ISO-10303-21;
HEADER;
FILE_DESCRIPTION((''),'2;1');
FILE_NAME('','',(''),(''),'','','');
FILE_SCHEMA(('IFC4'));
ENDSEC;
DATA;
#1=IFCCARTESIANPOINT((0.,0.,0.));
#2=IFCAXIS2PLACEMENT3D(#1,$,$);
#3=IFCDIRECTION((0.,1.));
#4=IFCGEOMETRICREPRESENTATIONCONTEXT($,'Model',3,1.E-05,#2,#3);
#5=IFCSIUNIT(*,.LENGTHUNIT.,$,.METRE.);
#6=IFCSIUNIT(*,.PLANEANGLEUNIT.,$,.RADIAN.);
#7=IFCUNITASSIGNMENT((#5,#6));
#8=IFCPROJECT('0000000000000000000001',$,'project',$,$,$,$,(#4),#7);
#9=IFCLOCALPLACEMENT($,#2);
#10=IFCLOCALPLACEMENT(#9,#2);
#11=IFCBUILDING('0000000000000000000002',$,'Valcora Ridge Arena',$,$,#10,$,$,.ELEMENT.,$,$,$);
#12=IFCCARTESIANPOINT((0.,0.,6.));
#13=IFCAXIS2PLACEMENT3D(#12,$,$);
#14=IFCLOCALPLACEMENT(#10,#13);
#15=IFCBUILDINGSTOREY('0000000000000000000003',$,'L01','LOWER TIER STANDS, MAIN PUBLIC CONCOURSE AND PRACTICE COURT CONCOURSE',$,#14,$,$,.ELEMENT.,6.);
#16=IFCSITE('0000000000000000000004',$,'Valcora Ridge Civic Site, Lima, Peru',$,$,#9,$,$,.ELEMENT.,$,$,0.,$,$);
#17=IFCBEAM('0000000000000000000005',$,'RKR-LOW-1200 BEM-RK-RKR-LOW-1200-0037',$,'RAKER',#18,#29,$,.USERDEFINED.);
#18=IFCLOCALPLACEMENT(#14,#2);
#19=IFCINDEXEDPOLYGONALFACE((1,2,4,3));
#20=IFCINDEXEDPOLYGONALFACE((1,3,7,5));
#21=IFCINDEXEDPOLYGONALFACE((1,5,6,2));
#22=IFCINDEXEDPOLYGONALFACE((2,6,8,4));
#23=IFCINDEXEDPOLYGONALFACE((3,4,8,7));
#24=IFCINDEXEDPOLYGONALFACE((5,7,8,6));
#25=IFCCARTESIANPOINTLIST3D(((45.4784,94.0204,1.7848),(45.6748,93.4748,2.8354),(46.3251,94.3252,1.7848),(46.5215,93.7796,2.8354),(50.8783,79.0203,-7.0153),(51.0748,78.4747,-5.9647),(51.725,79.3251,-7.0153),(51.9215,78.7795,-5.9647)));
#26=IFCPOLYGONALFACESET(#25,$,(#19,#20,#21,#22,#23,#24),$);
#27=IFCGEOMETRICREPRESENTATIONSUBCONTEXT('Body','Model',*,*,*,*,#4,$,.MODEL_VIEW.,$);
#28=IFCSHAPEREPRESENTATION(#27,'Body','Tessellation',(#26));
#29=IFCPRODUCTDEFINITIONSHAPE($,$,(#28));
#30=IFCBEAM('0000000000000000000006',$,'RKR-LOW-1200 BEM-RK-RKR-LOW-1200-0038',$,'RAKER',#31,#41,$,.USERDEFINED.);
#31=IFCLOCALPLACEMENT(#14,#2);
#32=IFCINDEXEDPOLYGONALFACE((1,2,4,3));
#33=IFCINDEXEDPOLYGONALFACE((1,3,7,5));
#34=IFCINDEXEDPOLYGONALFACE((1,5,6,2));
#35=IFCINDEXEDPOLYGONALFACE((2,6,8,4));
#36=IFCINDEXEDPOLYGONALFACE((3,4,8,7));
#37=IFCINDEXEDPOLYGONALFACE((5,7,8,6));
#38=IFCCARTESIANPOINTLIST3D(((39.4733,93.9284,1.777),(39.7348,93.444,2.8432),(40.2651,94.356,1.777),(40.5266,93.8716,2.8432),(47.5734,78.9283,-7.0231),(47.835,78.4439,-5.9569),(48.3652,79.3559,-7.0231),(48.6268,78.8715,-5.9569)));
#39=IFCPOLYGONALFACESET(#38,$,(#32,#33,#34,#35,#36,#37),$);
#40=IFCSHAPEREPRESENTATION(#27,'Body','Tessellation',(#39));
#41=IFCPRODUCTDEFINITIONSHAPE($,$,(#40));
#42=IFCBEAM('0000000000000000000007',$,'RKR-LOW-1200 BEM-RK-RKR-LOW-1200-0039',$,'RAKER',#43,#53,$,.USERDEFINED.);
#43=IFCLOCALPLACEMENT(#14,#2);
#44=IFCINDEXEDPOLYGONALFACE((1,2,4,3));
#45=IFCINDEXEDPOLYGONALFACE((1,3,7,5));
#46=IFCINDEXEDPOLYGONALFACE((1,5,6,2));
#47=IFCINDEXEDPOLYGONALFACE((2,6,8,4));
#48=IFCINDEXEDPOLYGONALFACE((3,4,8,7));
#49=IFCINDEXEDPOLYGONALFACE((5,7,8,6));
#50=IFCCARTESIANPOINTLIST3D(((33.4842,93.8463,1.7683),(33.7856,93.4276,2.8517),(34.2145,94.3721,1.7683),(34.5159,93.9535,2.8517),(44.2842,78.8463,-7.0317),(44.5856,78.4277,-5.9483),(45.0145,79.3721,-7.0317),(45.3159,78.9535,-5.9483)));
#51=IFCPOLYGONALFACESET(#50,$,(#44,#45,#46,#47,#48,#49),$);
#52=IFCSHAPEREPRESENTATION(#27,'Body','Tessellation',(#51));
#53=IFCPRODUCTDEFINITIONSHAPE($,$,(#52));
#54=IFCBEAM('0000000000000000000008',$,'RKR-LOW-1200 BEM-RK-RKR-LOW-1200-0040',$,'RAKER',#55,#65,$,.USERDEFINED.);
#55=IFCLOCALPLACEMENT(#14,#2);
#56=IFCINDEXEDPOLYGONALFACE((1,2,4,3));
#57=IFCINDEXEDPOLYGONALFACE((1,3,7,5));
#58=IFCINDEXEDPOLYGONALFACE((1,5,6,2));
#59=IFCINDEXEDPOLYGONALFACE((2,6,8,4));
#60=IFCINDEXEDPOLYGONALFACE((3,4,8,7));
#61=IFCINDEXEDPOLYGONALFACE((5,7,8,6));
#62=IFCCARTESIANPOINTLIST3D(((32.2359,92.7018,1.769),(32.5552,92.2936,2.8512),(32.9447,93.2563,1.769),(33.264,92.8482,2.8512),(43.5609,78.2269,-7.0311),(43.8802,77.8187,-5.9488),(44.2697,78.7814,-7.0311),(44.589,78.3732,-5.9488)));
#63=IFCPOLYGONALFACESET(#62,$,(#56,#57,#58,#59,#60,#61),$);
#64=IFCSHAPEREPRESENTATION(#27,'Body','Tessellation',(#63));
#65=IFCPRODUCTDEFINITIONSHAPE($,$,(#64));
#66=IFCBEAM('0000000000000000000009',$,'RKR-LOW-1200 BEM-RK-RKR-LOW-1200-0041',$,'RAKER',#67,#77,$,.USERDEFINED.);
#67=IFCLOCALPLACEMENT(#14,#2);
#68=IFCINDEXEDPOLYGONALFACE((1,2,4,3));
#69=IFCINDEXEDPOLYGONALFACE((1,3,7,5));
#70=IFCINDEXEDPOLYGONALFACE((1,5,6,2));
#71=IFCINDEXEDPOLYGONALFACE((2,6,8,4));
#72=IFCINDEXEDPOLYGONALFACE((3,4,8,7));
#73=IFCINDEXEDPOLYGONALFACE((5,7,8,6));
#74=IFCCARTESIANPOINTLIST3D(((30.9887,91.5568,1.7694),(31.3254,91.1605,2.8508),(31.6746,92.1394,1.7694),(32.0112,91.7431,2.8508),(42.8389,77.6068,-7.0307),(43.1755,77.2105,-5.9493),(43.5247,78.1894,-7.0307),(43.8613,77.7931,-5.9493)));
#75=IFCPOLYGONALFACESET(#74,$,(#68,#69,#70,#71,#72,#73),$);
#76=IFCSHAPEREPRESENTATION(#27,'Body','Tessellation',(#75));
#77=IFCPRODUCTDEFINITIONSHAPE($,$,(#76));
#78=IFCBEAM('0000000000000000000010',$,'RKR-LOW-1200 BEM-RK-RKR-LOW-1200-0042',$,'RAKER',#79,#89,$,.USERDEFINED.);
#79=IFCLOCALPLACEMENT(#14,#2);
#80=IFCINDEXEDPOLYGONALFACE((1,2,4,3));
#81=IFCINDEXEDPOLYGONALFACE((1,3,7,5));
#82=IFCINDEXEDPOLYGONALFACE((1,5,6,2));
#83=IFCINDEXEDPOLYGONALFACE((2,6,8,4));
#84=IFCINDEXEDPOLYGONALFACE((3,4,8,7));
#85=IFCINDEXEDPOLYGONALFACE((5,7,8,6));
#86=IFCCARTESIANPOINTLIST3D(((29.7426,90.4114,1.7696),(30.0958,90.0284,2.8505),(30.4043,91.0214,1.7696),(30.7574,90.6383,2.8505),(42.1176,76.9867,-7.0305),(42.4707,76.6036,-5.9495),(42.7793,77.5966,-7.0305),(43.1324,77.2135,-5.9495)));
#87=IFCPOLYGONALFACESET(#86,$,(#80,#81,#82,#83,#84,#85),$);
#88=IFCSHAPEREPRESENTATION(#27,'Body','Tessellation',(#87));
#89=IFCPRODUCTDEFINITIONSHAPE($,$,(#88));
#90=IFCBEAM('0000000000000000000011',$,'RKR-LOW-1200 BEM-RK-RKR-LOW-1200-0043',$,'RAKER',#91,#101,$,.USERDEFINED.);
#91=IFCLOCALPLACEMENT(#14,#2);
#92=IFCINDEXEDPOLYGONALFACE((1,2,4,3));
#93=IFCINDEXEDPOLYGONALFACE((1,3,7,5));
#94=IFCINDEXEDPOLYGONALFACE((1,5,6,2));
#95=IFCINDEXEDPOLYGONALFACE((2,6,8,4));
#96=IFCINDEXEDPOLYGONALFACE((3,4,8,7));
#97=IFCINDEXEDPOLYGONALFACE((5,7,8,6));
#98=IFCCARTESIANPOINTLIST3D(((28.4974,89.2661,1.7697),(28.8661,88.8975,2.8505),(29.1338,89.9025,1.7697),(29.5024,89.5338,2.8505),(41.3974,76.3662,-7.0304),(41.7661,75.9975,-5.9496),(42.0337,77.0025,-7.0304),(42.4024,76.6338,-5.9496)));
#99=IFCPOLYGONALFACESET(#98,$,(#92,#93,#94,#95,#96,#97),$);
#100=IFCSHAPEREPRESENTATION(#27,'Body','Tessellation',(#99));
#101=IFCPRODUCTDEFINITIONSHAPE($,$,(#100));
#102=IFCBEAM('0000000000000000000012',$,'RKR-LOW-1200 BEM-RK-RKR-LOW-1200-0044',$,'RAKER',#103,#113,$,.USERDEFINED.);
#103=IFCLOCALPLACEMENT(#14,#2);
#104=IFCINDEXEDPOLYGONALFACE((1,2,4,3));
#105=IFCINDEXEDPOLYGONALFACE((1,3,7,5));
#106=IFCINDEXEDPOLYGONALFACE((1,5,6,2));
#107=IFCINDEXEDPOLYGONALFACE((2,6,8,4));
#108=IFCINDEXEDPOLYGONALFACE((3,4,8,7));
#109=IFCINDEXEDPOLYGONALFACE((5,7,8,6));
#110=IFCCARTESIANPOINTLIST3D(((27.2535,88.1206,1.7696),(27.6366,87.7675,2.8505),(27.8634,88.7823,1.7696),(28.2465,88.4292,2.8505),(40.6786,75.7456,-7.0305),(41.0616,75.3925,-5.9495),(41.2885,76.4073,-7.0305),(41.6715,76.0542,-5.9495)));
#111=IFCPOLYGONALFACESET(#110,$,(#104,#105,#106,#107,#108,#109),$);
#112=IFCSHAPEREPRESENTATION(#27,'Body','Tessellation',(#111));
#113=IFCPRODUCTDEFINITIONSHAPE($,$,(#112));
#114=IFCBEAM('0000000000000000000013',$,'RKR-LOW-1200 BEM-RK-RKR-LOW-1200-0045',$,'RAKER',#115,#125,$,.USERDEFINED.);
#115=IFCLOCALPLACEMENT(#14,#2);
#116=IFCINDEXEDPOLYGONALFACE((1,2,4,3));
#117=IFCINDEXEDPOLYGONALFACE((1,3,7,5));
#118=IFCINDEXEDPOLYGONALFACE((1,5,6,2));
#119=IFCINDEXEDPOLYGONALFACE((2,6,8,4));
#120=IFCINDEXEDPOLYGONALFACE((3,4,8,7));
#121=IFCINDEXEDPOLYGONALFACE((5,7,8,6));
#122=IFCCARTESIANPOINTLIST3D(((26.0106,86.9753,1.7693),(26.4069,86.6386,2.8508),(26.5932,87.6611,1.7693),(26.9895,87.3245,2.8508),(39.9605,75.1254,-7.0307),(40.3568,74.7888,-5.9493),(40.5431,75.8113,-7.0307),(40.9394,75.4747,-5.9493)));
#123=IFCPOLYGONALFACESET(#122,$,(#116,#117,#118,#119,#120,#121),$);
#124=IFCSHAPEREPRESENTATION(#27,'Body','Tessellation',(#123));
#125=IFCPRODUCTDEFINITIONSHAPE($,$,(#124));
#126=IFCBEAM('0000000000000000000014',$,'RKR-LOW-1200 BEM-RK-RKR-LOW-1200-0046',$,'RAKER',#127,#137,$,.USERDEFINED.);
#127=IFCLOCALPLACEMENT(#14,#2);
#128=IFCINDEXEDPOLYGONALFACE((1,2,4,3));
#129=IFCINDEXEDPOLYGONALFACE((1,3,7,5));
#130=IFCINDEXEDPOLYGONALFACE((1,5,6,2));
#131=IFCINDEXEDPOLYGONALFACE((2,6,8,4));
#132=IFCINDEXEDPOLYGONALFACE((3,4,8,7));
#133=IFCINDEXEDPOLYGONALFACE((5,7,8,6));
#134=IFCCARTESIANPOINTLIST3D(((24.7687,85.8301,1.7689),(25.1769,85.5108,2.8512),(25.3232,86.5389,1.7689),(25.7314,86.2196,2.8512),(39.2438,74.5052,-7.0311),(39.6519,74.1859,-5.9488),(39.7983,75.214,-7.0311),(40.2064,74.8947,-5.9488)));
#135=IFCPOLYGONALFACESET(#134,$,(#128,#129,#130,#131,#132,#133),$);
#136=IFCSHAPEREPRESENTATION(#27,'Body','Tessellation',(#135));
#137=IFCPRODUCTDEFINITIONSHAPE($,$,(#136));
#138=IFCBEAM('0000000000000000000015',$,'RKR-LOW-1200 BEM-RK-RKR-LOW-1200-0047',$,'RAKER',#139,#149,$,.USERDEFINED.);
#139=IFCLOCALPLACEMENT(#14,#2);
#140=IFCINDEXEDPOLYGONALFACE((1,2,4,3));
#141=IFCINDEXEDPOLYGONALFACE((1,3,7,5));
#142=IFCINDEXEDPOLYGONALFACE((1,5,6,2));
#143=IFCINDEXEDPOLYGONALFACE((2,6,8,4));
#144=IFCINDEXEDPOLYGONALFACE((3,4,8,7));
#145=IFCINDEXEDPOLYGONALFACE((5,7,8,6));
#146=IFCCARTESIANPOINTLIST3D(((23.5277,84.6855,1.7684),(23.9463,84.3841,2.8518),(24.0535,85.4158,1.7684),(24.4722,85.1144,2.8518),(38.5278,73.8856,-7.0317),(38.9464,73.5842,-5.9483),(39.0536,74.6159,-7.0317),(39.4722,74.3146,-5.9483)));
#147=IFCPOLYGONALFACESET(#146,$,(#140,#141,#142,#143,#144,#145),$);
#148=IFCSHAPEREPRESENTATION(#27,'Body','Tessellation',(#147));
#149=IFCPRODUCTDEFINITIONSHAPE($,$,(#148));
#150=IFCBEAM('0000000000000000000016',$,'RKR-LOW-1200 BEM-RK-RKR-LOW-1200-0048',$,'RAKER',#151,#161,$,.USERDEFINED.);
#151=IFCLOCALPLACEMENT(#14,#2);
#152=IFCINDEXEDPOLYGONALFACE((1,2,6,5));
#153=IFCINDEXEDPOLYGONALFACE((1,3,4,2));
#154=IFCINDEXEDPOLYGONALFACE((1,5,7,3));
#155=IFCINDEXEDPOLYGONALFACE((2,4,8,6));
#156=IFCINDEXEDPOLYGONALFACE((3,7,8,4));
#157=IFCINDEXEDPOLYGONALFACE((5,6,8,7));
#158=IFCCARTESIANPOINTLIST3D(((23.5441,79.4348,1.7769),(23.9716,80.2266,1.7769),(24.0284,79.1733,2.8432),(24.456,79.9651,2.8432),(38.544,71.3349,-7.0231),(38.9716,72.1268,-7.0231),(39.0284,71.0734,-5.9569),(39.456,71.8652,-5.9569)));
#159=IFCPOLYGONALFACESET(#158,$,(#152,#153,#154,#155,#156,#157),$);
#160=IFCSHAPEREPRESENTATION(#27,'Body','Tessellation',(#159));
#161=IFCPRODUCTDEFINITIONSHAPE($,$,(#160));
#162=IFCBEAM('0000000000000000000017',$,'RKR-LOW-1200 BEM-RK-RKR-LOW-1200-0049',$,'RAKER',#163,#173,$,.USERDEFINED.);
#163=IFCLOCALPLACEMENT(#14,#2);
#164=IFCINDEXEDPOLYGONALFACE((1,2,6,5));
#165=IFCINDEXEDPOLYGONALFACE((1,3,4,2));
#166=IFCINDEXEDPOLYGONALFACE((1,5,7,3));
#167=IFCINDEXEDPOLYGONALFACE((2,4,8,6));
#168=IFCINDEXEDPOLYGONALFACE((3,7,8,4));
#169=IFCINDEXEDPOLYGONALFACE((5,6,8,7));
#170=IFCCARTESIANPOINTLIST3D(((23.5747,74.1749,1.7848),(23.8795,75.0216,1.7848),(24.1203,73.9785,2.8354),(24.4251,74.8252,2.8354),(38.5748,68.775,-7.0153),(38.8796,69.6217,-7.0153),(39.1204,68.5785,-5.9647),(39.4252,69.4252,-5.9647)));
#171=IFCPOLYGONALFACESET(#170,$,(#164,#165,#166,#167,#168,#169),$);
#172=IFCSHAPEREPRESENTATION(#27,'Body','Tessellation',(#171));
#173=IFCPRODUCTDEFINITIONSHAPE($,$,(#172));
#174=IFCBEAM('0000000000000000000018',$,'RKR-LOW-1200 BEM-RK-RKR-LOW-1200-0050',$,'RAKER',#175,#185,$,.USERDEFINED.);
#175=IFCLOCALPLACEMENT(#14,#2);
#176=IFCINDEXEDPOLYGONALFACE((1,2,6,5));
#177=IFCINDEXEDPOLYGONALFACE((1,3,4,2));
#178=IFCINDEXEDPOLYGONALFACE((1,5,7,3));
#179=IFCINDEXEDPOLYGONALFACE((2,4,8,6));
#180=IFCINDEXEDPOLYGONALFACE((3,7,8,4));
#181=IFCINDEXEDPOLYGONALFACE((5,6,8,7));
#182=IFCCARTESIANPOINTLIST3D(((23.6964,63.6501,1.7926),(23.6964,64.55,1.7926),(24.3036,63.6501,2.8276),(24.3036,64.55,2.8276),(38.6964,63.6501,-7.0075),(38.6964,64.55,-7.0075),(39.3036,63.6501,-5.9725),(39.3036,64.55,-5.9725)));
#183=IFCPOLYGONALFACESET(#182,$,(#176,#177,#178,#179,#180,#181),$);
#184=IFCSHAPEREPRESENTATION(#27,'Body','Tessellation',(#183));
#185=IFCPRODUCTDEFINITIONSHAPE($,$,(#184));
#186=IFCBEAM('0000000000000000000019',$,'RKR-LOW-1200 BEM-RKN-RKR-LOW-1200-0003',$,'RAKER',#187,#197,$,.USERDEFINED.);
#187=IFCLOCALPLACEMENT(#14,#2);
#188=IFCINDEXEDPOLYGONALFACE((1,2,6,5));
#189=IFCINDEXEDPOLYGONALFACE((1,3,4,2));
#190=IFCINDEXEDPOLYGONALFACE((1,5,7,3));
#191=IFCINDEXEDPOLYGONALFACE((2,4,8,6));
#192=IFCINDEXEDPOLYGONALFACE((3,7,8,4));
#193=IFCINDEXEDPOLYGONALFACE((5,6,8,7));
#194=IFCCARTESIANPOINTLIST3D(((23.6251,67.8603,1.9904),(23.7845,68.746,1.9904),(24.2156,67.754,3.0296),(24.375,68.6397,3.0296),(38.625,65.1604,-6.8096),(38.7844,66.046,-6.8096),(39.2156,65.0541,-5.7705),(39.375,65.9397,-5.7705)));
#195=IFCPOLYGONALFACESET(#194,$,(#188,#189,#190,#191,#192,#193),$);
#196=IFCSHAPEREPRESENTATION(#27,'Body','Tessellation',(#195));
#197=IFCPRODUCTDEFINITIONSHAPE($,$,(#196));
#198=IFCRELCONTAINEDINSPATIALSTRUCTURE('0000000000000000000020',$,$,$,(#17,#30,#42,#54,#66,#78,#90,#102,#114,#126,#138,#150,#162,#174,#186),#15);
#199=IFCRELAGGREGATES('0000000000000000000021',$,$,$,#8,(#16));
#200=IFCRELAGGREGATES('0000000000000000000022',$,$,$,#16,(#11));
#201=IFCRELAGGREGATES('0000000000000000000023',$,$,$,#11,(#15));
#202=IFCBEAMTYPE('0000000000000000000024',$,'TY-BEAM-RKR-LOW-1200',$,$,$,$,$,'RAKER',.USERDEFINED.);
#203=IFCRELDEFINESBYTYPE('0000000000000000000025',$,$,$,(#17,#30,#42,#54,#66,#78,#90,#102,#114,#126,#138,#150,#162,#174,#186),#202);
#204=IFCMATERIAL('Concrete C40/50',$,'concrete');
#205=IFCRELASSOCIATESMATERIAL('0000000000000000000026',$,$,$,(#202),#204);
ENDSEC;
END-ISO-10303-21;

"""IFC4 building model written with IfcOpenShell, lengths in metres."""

from ifc_helpers import new_model, si_unit, direction, frame, origin, origin_2d, place, context, subcontext, project, spatial, rectangle, extrude, material, material_profile, profile_set, type_object, element, save


model = new_model("IFC4")

# Units and contexts
model_context = context("Model", 3, precision=1e-05, world=origin(), true_north=direction((0.0, 1.0)))
body_context = subcontext(model_context, "Body", "Model", "MODEL_VIEW")
ifc_project = project(units=[si_unit("LENGTHUNIT", "METRE"), si_unit("PLANEANGLEUNIT", "RADIAN")], contexts=[model_context])

# Site, building, storey
site_placement = place(None, origin())
site = spatial("IfcSite", under=ifc_project, at=site_placement, Name="Valcora Ridge Civic Site, Lima, Peru", CompositionType="ELEMENT", RefElevation=0.0)
building_placement = place(site_placement, origin())
building = spatial("IfcBuilding", under=site, at=building_placement, Name="Valcora Ridge Arena", CompositionType="ELEMENT")
storey_placement = place(building_placement, frame((0.0, 0.0, 6.0)))
storey = spatial("IfcBuildingStorey", under=building, at=storey_placement, Name="L01", Description="LOWER TIER STANDS, MAIN PUBLIC CONCOURSE AND PRACTICE COURT CONCOURSE", CompositionType="ELEMENT", Elevation=6.0)

# Beams
ifc_material_1 = material(Name="Concrete C40/50", Category="concrete")
ifc_material_profile_1 = material_profile(ifc_material_1, rectangle(XDim=0.8999, YDim=1.2, at=origin_2d()), Name="RC 900x1200")
ifc_profile_set_1 = profile_set([ifc_material_profile_1], Name="Concrete C40/50")
beam_type = type_object("IfcBeamType", Name="TY-BEAM-RKR-LOW-1200", ElementType="RAKER", PredefinedType="USERDEFINED", material=ifc_profile_set_1)
beam_1_placement = place(storey_placement, frame((51.3999, 78.8999, -6.49), z_axis=(-0.296537, 0.823729, 0.483257), x_axis=(-0.940889, -0.338714, 0.0)))
element("IfcBeam", 1, at=beam_1_placement, inside=storey, type_object=beam_type, Name="RKR-LOW-1200 BEM-RK-RKR-LOW-1200-0037", ObjectType="RAKER", PredefinedType="USERDEFINED", context=body_context, shape_type="SweptSolid", body=[
    extrude(rectangle(XDim=0.8999, YDim=1.2, at=origin_2d()), origin(), (0.0, 0.0, 1.0), 18.21),
])
beam_2_placement = place(storey_placement, frame((48.1001, 78.8999, -6.49), z_axis=(-0.422217, 0.781873, 0.458702), x_axis=(-0.879903, -0.475153, 0.0)))
element("IfcBeam", 2, at=beam_2_placement, inside=storey, type_object=beam_type, Name="RKR-LOW-1200 BEM-RK-RKR-LOW-1200-0038", ObjectType="RAKER", PredefinedType="USERDEFINED", context=body_context, shape_type="SweptSolid", body=[
    extrude(rectangle(XDim=0.8999, YDim=1.2, at=origin_2d()), origin(), (0.0, 0.0, 1.0), 19.1848),
])
beam_3_placement = place(storey_placement, frame((44.8, 78.8999, -6.49), z_axis=(-0.527565, 0.732726, 0.429869), x_axis=(-0.811533, -0.584306, 0.0)))
element("IfcBeam", 3, at=beam_3_placement, inside=storey, type_object=beam_type, Name="RKR-LOW-1200 BEM-RK-RKR-LOW-1200-0039", ObjectType="RAKER", PredefinedType="USERDEFINED", context=body_context, shape_type="SweptSolid", body=[
    extrude(rectangle(XDim=0.8999, YDim=1.2, at=origin_2d()), origin(), (0.0, 0.0, 1.0), 20.4714),
])
beam_4_placement = place(storey_placement, frame((44.075, 78.3, -6.49), z_axis=(-0.555775, 0.710357, 0.431865), x_axis=(-0.787589, -0.6162, 0.0)))
element("IfcBeam", 4, at=beam_4_placement, inside=storey, type_object=beam_type, Name="RKR-LOW-1200 BEM-RK-RKR-LOW-1200-0040", ObjectType="RAKER", PredefinedType="USERDEFINED", context=body_context, shape_type="SweptSolid", body=[
    extrude(rectangle(XDim=0.8999, YDim=1.2, at=origin_2d()), origin(), (0.0, 0.0, 1.0), 20.377),
])
beam_5_placement = place(storey_placement, frame((43.3501, 77.7, -6.49), z_axis=(-0.583482, 0.686876, 0.433302), x_axis=(-0.762138, -0.647415, 0.0)))
element("IfcBeam", 5, at=beam_5_placement, inside=storey, type_object=beam_type, Name="RKR-LOW-1200 BEM-RK-RKR-LOW-1200-0041", ObjectType="RAKER", PredefinedType="USERDEFINED", context=body_context, shape_type="SweptSolid", body=[
    extrude(rectangle(XDim=0.8999, YDim=1.2, at=origin_2d()), origin(), (0.0, 0.0, 1.0), 20.3093),
])
beam_6_placement = place(storey_placement, frame((42.625, 77.1001, -6.49), z_axis=(-0.610557, 0.662352, 0.434176), x_axis=(-0.735271, -0.677773, 0.0)))
element("IfcBeam", 6, at=beam_6_placement, inside=storey, type_object=beam_type, Name="RKR-LOW-1200 BEM-RK-RKR-LOW-1200-0042", ObjectType="RAKER", PredefinedType="USERDEFINED", context=body_context, shape_type="SweptSolid", body=[
    extrude(rectangle(XDim=0.8999, YDim=1.2, at=origin_2d()), origin(), (0.0, 0.0, 1.0), 20.2683),
])
beam_7_placement = place(storey_placement, frame((41.8999, 76.5, -6.49), z_axis=(-0.636882, 0.636882, 0.434468), x_axis=(-0.707107, -0.707107, 0.0)))
element("IfcBeam", 7, at=beam_7_placement, inside=storey, type_object=beam_type, Name="RKR-LOW-1200 BEM-RK-RKR-LOW-1200-0043", ObjectType="RAKER", PredefinedType="USERDEFINED", context=body_context, shape_type="SweptSolid", body=[
    extrude(rectangle(XDim=0.8999, YDim=1.2, at=origin_2d()), origin(), (0.0, 0.0, 1.0), 20.2549),
])
beam_8_placement = place(storey_placement, frame((41.175, 75.8999, -6.49), z_axis=(-0.662359, 0.610552, 0.434173), x_axis=(-0.677767, -0.735277, 0.0)))
element("IfcBeam", 8, at=beam_8_placement, inside=storey, type_object=beam_type, Name="RKR-LOW-1200 BEM-RK-RKR-LOW-1200-0044", ObjectType="RAKER", PredefinedType="USERDEFINED", context=body_context, shape_type="SweptSolid", body=[
    extrude(rectangle(XDim=0.8999, YDim=1.2, at=origin_2d()), origin(), (0.0, 0.0, 1.0), 20.2686),
])
beam_9_placement = place(storey_placement, frame((40.45, 75.3, -6.49), z_axis=(-0.686881, 0.583474, 0.433305), x_axis=(-0.647407, -0.762144, 0.0)))
element("IfcBeam", 9, at=beam_9_placement, inside=storey, type_object=beam_type, Name="RKR-LOW-1200 BEM-RK-RKR-LOW-1200-0045", ObjectType="RAKER", PredefinedType="USERDEFINED", context=body_context, shape_type="SweptSolid", body=[
    extrude(rectangle(XDim=0.8999, YDim=1.2, at=origin_2d()), origin(), (0.0, 0.0, 1.0), 20.3091),
])
beam_10_placement = place(storey_placement, frame((39.7251, 74.7, -6.49), z_axis=(-0.710363, 0.55577, 0.431861), x_axis=(-0.616194, -0.787594, 0.0)))
element("IfcBeam", 10, at=beam_10_placement, inside=storey, type_object=beam_type, Name="RKR-LOW-1200 BEM-RK-RKR-LOW-1200-0046", ObjectType="RAKER", PredefinedType="USERDEFINED", context=body_context, shape_type="SweptSolid", body=[
    extrude(rectangle(XDim=0.8999, YDim=1.2, at=origin_2d()), origin(), (0.0, 0.0, 1.0), 20.377),
])
beam_11_placement = place(storey_placement, frame((39.0, 74.1001, -6.49), z_axis=(-0.732731, 0.527557, 0.429871), x_axis=(-0.584298, -0.811539, 0.0)))
element("IfcBeam", 11, at=beam_11_placement, inside=storey, type_object=beam_type, Name="RKR-LOW-1200 BEM-RK-RKR-LOW-1200-0047", ObjectType="RAKER", PredefinedType="USERDEFINED", context=body_context, shape_type="SweptSolid", body=[
    extrude(rectangle(XDim=0.8999, YDim=1.2, at=origin_2d()), origin(), (0.0, 0.0, 1.0), 20.4714),
])
beam_12_placement = place(storey_placement, frame((39.0, 71.6001, -6.49), z_axis=(-0.781878, 0.422206, 0.458704), x_axis=(-0.475142, -0.879909, 0.0)))
element("IfcBeam", 12, at=beam_12_placement, inside=storey, type_object=beam_type, Name="RKR-LOW-1200 BEM-RK-RKR-LOW-1200-0048", ObjectType="RAKER", PredefinedType="USERDEFINED", context=body_context, shape_type="SweptSolid", body=[
    extrude(rectangle(XDim=0.8999, YDim=1.2, at=origin_2d()), origin(), (0.0, 0.0, 1.0), 19.1846),
])
beam_13_placement = place(storey_placement, frame((39.0, 69.1001, -6.49), z_axis=(-0.823729, 0.296537, 0.483257), x_axis=(-0.338714, -0.940889, 0.0)))
element("IfcBeam", 13, at=beam_13_placement, inside=storey, type_object=beam_type, Name="RKR-LOW-1200 BEM-RK-RKR-LOW-1200-0049", ObjectType="RAKER", PredefinedType="USERDEFINED", context=body_context, shape_type="SweptSolid", body=[
    extrude(rectangle(XDim=0.8999, YDim=1.2, at=origin_2d()), origin(), (0.0, 0.0, 1.0), 18.21),
])
beam_14_placement = place(storey_placement, frame((39.0, 64.1001, -6.49), z_axis=(-0.862524, 0.0, 0.506017), x_axis=(0.0, -1.0, 0.0)))
element("IfcBeam", 14, at=beam_14_placement, inside=storey, type_object=beam_type, Name="RKR-LOW-1200 BEM-RK-RKR-LOW-1200-0050", ObjectType="RAKER", PredefinedType="USERDEFINED", context=body_context, shape_type="SweptSolid", body=[
    extrude(rectangle(XDim=0.8999, YDim=1.2, at=origin_2d()), origin(), (0.0, 0.0, 1.0), 17.3909),
])
beam_15_placement = place(storey_placement, frame((39.0, 65.55, -6.29), z_axis=(-0.852313, 0.153414, 0.500027), x_axis=(-0.17715, -0.984184, 0.0)))
element("IfcBeam", 15, at=beam_15_placement, inside=storey, type_object=beam_type, Name="RKR-LOW-1200 BEM-RKN-RKR-LOW-1200-0003", ObjectType="RAKER", PredefinedType="USERDEFINED", context=body_context, shape_type="SweptSolid", body=[
    extrude(rectangle(XDim=0.8999, YDim=1.2, at=origin_2d()), origin(), (0.0, 0.0, 1.0), 17.5991),
])

save(model, "model.ifc")
